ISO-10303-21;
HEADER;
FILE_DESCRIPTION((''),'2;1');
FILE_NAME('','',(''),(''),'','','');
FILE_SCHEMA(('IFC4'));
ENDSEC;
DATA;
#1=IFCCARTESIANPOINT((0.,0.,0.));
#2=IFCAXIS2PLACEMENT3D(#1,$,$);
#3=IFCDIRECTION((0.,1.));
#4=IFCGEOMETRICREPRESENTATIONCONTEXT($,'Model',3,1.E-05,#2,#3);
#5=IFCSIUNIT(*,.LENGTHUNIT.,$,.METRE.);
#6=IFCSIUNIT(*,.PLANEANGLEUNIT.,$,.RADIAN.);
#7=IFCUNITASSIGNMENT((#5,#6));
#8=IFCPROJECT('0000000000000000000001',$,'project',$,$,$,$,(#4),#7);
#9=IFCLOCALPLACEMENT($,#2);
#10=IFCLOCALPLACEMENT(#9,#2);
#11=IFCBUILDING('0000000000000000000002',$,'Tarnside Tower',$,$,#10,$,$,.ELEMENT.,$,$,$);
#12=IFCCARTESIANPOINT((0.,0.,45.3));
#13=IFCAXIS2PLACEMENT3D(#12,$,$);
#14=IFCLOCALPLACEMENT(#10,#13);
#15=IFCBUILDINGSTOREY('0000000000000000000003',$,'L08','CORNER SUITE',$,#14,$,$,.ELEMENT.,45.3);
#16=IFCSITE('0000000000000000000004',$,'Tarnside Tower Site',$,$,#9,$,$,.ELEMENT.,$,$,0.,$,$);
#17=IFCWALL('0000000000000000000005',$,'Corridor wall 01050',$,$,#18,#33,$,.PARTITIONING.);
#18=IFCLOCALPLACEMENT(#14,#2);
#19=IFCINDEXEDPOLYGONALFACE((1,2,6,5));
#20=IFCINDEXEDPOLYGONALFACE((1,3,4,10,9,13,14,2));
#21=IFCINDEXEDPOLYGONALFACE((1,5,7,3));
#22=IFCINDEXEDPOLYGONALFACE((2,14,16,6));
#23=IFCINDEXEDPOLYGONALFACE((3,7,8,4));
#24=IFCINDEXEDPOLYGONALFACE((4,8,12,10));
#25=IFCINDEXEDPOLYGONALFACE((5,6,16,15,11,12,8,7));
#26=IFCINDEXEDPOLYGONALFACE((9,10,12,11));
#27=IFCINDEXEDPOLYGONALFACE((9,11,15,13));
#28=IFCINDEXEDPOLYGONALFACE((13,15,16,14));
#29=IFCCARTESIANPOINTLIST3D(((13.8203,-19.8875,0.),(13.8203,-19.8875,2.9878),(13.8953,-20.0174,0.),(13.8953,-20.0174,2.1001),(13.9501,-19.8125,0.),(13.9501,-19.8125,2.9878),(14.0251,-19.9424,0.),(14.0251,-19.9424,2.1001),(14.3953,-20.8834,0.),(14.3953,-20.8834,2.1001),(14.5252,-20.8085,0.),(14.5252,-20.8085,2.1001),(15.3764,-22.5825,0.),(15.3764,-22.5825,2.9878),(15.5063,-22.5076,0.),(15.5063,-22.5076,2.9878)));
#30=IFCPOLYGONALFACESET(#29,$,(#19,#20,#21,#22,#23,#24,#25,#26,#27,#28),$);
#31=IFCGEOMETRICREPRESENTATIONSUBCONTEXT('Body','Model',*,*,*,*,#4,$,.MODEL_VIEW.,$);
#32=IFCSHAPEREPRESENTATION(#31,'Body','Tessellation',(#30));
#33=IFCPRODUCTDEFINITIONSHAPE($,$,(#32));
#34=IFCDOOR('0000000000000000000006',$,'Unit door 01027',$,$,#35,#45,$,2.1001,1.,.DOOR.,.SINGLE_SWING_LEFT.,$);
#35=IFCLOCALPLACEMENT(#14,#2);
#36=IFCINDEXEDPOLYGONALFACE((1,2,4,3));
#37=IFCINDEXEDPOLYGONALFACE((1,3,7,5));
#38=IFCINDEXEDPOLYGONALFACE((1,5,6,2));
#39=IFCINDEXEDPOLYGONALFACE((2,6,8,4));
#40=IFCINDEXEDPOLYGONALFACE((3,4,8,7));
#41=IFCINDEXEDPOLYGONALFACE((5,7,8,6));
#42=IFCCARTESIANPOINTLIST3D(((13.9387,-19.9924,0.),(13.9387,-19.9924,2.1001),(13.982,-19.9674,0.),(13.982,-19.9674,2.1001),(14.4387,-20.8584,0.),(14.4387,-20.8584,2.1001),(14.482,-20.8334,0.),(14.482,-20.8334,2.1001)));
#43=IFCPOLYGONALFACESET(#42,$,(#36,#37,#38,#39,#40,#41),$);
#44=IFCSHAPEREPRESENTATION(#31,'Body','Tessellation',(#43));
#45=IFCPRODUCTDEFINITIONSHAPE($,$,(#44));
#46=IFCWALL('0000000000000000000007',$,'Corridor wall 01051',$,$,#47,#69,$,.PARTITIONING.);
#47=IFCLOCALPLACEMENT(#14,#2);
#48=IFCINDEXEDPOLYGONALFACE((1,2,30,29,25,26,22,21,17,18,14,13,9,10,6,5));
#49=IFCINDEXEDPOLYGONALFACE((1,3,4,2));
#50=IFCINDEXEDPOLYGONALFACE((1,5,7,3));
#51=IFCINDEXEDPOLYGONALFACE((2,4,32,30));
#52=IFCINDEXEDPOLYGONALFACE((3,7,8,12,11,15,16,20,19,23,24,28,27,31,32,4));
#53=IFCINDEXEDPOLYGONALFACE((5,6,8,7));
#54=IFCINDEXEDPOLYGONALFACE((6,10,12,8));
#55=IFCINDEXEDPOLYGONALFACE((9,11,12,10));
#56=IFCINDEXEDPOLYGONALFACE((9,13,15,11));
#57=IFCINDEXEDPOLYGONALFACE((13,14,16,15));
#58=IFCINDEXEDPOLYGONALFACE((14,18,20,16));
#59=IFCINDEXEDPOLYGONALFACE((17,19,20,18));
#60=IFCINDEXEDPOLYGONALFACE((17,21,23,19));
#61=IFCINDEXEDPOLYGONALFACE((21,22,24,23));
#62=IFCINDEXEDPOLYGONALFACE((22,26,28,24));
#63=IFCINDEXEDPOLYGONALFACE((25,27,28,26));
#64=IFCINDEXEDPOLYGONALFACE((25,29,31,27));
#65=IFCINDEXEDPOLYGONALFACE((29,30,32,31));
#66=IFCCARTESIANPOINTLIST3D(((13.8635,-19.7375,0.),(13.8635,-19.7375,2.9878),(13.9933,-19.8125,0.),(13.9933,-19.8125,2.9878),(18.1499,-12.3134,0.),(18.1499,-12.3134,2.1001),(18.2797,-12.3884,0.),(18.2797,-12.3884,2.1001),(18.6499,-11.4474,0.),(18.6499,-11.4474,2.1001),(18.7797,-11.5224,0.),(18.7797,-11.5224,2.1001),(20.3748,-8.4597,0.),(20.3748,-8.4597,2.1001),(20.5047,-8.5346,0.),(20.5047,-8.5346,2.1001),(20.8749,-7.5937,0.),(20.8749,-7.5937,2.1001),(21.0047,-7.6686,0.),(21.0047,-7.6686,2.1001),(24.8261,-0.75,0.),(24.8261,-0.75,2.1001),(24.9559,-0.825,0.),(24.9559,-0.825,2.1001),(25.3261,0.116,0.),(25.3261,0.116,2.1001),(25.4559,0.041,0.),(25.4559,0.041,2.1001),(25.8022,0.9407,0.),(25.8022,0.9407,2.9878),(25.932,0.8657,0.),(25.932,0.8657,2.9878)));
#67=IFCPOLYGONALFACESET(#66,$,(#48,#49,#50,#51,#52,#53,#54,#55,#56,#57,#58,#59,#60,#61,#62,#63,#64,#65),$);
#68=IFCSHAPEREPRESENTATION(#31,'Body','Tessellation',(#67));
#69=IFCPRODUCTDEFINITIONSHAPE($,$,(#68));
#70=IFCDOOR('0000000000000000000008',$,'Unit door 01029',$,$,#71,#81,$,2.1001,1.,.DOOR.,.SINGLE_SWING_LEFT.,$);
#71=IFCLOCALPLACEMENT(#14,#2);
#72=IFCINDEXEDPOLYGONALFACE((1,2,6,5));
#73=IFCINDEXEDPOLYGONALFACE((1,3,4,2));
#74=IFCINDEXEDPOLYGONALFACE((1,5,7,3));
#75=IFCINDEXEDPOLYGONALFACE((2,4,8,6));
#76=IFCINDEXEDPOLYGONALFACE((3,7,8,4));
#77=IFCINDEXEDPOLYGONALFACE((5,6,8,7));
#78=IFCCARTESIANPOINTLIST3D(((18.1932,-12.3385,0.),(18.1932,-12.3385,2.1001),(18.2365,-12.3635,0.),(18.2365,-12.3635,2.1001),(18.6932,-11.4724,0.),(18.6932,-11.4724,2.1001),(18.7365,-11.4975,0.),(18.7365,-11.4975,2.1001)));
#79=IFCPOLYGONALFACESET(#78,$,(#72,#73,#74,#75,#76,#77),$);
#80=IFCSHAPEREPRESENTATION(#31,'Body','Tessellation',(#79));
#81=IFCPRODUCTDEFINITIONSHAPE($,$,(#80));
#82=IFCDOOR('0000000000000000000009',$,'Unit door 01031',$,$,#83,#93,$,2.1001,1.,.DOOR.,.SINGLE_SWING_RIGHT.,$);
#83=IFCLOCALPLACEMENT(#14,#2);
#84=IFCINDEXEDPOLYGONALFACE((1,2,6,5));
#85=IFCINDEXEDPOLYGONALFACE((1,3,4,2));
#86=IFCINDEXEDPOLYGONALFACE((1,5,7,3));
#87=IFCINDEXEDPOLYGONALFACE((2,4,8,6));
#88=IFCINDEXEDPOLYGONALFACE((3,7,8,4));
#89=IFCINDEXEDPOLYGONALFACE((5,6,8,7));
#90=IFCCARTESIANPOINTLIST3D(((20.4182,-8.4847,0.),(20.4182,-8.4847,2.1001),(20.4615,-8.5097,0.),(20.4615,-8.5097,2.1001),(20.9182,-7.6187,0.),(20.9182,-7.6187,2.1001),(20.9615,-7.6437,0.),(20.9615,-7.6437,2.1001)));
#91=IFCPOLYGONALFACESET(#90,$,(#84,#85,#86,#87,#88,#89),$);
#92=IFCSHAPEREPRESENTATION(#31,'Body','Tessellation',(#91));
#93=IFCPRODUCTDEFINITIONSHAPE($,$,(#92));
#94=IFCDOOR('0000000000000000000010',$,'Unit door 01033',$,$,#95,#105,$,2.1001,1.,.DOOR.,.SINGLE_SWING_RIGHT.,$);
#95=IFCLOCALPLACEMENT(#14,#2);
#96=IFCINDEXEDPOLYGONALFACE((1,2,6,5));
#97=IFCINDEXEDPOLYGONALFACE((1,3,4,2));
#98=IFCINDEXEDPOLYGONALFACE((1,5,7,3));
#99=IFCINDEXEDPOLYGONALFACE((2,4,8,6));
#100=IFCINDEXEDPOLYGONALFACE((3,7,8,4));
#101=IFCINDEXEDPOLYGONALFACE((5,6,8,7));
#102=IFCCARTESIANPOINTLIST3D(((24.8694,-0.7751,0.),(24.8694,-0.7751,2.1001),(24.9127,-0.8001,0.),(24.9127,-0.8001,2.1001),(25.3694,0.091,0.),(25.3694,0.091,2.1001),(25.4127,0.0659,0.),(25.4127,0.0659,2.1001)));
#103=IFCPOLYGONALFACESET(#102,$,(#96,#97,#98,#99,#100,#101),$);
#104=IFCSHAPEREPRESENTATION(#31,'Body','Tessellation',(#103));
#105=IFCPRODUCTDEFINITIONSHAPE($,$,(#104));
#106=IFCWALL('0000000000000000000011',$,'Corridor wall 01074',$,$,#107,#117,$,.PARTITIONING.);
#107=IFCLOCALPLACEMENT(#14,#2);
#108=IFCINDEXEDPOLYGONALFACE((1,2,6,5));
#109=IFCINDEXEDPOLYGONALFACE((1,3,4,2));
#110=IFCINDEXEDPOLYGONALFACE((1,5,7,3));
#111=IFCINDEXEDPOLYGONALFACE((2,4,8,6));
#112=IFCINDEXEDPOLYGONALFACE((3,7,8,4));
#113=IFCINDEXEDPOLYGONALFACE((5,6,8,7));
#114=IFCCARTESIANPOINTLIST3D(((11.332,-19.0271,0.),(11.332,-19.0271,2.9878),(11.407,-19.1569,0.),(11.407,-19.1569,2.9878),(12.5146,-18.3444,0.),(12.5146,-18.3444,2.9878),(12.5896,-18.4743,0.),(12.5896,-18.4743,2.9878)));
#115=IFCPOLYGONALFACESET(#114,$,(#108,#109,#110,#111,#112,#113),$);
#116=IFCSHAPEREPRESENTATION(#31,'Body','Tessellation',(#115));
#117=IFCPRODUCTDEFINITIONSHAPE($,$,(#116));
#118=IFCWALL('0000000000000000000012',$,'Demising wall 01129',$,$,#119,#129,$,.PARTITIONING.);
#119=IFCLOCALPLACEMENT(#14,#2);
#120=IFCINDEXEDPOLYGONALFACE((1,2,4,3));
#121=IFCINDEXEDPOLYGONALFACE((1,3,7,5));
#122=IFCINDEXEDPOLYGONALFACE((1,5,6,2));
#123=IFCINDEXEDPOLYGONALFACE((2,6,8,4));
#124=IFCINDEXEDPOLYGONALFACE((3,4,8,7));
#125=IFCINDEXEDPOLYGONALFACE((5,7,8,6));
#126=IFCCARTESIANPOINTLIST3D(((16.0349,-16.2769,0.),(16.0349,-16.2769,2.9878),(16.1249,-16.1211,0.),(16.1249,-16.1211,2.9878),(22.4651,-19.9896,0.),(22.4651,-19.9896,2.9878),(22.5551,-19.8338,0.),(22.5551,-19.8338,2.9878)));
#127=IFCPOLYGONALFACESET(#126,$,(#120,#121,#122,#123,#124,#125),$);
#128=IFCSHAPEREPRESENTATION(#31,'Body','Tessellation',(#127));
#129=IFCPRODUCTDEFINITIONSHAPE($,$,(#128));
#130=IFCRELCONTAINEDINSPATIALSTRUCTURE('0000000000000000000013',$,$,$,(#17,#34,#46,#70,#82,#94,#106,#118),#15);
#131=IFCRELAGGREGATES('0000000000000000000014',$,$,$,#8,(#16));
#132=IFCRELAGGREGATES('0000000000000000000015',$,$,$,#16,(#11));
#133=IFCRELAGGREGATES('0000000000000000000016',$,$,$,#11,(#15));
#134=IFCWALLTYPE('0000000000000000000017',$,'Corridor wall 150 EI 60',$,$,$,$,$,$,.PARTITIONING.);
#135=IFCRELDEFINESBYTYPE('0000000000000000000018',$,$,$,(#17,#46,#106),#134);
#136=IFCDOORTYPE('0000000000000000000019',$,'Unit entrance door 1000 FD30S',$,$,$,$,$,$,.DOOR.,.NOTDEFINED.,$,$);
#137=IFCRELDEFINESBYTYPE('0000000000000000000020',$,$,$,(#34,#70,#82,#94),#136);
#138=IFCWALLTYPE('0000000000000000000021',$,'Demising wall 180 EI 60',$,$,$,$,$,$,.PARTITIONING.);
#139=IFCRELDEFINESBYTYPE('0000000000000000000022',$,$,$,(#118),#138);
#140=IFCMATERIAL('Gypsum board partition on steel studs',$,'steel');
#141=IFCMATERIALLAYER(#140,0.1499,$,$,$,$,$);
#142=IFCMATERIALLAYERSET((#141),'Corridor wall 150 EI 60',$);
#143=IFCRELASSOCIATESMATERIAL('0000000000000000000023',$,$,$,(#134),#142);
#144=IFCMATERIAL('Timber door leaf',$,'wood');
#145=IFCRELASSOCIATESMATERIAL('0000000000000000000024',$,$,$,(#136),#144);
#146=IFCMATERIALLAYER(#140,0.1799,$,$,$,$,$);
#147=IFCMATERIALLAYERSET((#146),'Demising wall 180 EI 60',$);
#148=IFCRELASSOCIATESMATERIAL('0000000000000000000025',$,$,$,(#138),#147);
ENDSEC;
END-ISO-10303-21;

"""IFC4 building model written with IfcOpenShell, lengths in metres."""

from ifc_helpers import new_model, si_unit, direction, frame, frame_2d, origin, place, context, subcontext, project, spatial, rectangle, extrude, material, layer, layer_set, type_object, element, fill, save


model = new_model("IFC4")

# Units and contexts
model_context = context("Model", 3, precision=1e-05, world=origin(), true_north=direction((0.0, 1.0)))
body_context = subcontext(model_context, "Body", "Model", "MODEL_VIEW")
ifc_project = project(units=[si_unit("LENGTHUNIT", "METRE"), si_unit("PLANEANGLEUNIT", "RADIAN")], contexts=[model_context])

# Site, building, storey
site_placement = place(None, origin())
site = spatial("IfcSite", under=ifc_project, at=site_placement, Name="Tarnside Tower Site", CompositionType="ELEMENT", RefElevation=0.0)
building_placement = place(site_placement, origin())
building = spatial("IfcBuilding", under=site, at=building_placement, Name="Tarnside Tower", CompositionType="ELEMENT")
storey_placement = place(building_placement, frame((0.0, 0.0, 45.3)))
storey = spatial("IfcBuildingStorey", under=building, at=storey_placement, Name="L08", Description="CORNER SUITE", CompositionType="ELEMENT", Elevation=45.3)

# Shared definitions
ifc_material_1 = material(Name="Gypsum board partition on steel studs", Category="steel")

# Shared definitions
ifc_material_2 = material(Name="Timber door leaf", Category="wood")

# Shared definitions
ifc_layer_1 = layer(ifc_material_1, 0.1499)
ifc_layer_set_1 = layer_set([ifc_layer_1], Name="Corridor wall 150 EI 60")
wall_type_1 = type_object("IfcWallType", Name="Corridor wall 150 EI 60", PredefinedType="PARTITIONING", material=ifc_layer_set_1)

# Wall, opening, door
wall_1_placement = place(storey_placement, frame((15.4414, -22.5452, 0.0), z_axis=(0.0, 0.0, 1.0), x_axis=(-0.500037, 0.866004, 0.0)))
wall_1 = element("IfcWall", 1, at=wall_1_placement, inside=storey, type_object=wall_type_1, Name="Corridor wall 01050", PredefinedType="PARTITIONING", context=body_context, shape_type="SweptSolid", body=[
    extrude(rectangle(XDim=3.1121, YDim=0.1499, at=frame_2d((1.5562, 0.0))), origin(), (0.0, 0.0, 1.0), 2.9878),
])
opening_1_placement = place(wall_1_placement, frame((1.9622, 0.0, 0.0)))
opening_1 = element("IfcOpeningElement", 2, at=opening_1_placement, cuts=wall_1, PredefinedType="OPENING", context=body_context, shape_type="SweptSolid", body=[
    extrude(rectangle(XDim=1.0, YDim=2.1001, at=frame_2d((0.5, 1.05))), frame((0.0, 0.085, 0.0), z_axis=(0.0, -1.0, 0.0), x_axis=(1.0, 0.0, 0.0)), (0.0, 0.0, 1.0), 0.1699),
])
door_type_1 = type_object("IfcDoorType", Name="Unit entrance door 1000 FD30S", OperationType="NOTDEFINED", PredefinedType="DOOR", material=ifc_material_2)
door_1_placement = place(opening_1_placement, origin())
door_1 = element("IfcDoor", 3, at=door_1_placement, inside=storey, type_object=door_type_1, Name="Unit door 01027", OperationType="SINGLE_SWING_LEFT", OverallHeight=2.1001, OverallWidth=1.0, PredefinedType="DOOR", context=body_context, shape_type="SweptSolid", body=[
    extrude(rectangle(XDim=1.0, YDim=2.1001, at=frame_2d((0.5, 1.05))), frame((0.0, 0.0249, 0.0), z_axis=(0.0, -1.0, 0.0), x_axis=(1.0, 0.0, 0.0)), (0.0, 0.0, 1.0), 0.05),
])
fill(opening_1, door_1)

# Wall, openings, doors
wall_2_placement = place(storey_placement, frame((13.9285, -19.7749, 0.0), z_axis=(0.0, 0.0, 1.0), x_axis=(0.500005, 0.866023, 0.0)))
wall_2 = element("IfcWall", 4, at=wall_2_placement, inside=storey, type_object=wall_type_1, Name="Corridor wall 01051", PredefinedType="PARTITIONING", context=body_context, shape_type="SweptSolid", body=[
    extrude(rectangle(XDim=23.8772, YDim=0.1499, at=frame_2d((11.9385, 0.0))), origin(), (0.0, 0.0, 1.0), 2.9878),
])
opening_2_placement = place(wall_2_placement, frame((8.5725, 0.0, 0.0)))
opening_2 = element("IfcOpeningElement", 5, at=opening_2_placement, cuts=wall_2, PredefinedType="OPENING", context=body_context, shape_type="SweptSolid", body=[
    extrude(rectangle(XDim=1.0, YDim=2.1001, at=frame_2d((0.5, 1.05))), frame((0.0, 0.085, 0.0), z_axis=(0.0, -1.0, 0.0), x_axis=(1.0, 0.0, 0.0)), (0.0, 0.0, 1.0), 0.1699),
])
opening_3_placement = place(wall_2_placement, frame((13.0225, 0.0, 0.0)))
opening_3 = element("IfcOpeningElement", 6, at=opening_3_placement, cuts=wall_2, PredefinedType="OPENING", context=body_context, shape_type="SweptSolid", body=[
    extrude(rectangle(XDim=1.0, YDim=2.1001, at=frame_2d((0.5, 1.05))), frame((0.0, 0.085, 0.0), z_axis=(0.0, -1.0, 0.0), x_axis=(1.0, 0.0, 0.0)), (0.0, 0.0, 1.0), 0.1699),
])
opening_4_placement = place(wall_2_placement, frame((21.9248, 0.0, 0.0)))
opening_4 = element("IfcOpeningElement", 7, at=opening_4_placement, cuts=wall_2, PredefinedType="OPENING", context=body_context, shape_type="SweptSolid", body=[
    extrude(rectangle(XDim=1.0, YDim=2.1001, at=frame_2d((0.5, 1.05))), frame((0.0, 0.085, 0.0), z_axis=(0.0, -1.0, 0.0), x_axis=(1.0, 0.0, 0.0)), (0.0, 0.0, 1.0), 0.1699),
])
door_2_placement = place(opening_2_placement, origin())
door_2 = element("IfcDoor", 8, at=door_2_placement, inside=storey, type_object=door_type_1, Name="Unit door 01029", OperationType="SINGLE_SWING_LEFT", OverallHeight=2.1001, OverallWidth=1.0, PredefinedType="DOOR", context=body_context, shape_type="SweptSolid", body=[
    extrude(rectangle(XDim=1.0, YDim=2.1001, at=frame_2d((0.5, 1.05))), frame((0.0, 0.0249, 0.0), z_axis=(0.0, -1.0, 0.0), x_axis=(1.0, 0.0, 0.0)), (0.0, 0.0, 1.0), 0.05),
])
fill(opening_2, door_2)
door_3_placement = place(opening_3_placement, origin())
door_3 = element("IfcDoor", 9, at=door_3_placement, inside=storey, type_object=door_type_1, Name="Unit door 01031", OperationType="SINGLE_SWING_RIGHT", OverallHeight=2.1001, OverallWidth=1.0, PredefinedType="DOOR", context=body_context, shape_type="SweptSolid", body=[
    extrude(rectangle(XDim=1.0, YDim=2.1001, at=frame_2d((0.5, 1.05))), frame((0.0, 0.0249, 0.0), z_axis=(0.0, -1.0, 0.0), x_axis=(1.0, 0.0, 0.0)), (0.0, 0.0, 1.0), 0.05),
])
fill(opening_3, door_3)
door_4_placement = place(opening_4_placement, origin())
door_4 = element("IfcDoor", 10, at=door_4_placement, inside=storey, type_object=door_type_1, Name="Unit door 01033", OperationType="SINGLE_SWING_RIGHT", OverallHeight=2.1001, OverallWidth=1.0, PredefinedType="DOOR", context=body_context, shape_type="SweptSolid", body=[
    extrude(rectangle(XDim=1.0, YDim=2.1001, at=frame_2d((0.5, 1.05))), frame((0.0, 0.0249, 0.0), z_axis=(0.0, -1.0, 0.0), x_axis=(1.0, 0.0, 0.0)), (0.0, 0.0, 1.0), 0.05),
])
fill(opening_4, door_4)

# Walls
wall_3_placement = place(storey_placement, frame((12.552, -18.4094, 0.0), z_axis=(0.0, 0.0, 1.0), x_axis=(-0.866078, -0.499908, 0.0)))
element("IfcWall", 11, at=wall_3_placement, inside=storey, type_object=wall_type_1, Name="Corridor wall 01074", PredefinedType="PARTITIONING", context=body_context, shape_type="SweptSolid", body=[
    extrude(rectangle(XDim=1.3655, YDim=0.1499, at=frame_2d((0.6826, 0.0))), origin(), (0.0, 0.0, 1.0), 2.9878),
])
ifc_layer_2 = layer(ifc_material_1, 0.1799)
ifc_layer_set_2 = layer_set([ifc_layer_2], Name="Demising wall 180 EI 60")
wall_type_2 = type_object("IfcWallType", Name="Demising wall 180 EI 60", PredefinedType="PARTITIONING", material=ifc_layer_set_2)
wall_4_placement = place(storey_placement, frame((22.51, -19.9116, 0.0), z_axis=(0.0, 0.0, 1.0), x_axis=(-0.866015, 0.500018, 0.0)))
element("IfcWall", 12, at=wall_4_placement, inside=storey, type_object=wall_type_2, Name="Demising wall 01129", PredefinedType="PARTITIONING", context=body_context, shape_type="SweptSolid", body=[
    extrude(rectangle(XDim=7.425, YDim=0.1799, at=frame_2d((3.7124, 0.0))), origin(), (0.0, 0.0, 1.0), 2.9878),
])

save(model, "model.ifc")
